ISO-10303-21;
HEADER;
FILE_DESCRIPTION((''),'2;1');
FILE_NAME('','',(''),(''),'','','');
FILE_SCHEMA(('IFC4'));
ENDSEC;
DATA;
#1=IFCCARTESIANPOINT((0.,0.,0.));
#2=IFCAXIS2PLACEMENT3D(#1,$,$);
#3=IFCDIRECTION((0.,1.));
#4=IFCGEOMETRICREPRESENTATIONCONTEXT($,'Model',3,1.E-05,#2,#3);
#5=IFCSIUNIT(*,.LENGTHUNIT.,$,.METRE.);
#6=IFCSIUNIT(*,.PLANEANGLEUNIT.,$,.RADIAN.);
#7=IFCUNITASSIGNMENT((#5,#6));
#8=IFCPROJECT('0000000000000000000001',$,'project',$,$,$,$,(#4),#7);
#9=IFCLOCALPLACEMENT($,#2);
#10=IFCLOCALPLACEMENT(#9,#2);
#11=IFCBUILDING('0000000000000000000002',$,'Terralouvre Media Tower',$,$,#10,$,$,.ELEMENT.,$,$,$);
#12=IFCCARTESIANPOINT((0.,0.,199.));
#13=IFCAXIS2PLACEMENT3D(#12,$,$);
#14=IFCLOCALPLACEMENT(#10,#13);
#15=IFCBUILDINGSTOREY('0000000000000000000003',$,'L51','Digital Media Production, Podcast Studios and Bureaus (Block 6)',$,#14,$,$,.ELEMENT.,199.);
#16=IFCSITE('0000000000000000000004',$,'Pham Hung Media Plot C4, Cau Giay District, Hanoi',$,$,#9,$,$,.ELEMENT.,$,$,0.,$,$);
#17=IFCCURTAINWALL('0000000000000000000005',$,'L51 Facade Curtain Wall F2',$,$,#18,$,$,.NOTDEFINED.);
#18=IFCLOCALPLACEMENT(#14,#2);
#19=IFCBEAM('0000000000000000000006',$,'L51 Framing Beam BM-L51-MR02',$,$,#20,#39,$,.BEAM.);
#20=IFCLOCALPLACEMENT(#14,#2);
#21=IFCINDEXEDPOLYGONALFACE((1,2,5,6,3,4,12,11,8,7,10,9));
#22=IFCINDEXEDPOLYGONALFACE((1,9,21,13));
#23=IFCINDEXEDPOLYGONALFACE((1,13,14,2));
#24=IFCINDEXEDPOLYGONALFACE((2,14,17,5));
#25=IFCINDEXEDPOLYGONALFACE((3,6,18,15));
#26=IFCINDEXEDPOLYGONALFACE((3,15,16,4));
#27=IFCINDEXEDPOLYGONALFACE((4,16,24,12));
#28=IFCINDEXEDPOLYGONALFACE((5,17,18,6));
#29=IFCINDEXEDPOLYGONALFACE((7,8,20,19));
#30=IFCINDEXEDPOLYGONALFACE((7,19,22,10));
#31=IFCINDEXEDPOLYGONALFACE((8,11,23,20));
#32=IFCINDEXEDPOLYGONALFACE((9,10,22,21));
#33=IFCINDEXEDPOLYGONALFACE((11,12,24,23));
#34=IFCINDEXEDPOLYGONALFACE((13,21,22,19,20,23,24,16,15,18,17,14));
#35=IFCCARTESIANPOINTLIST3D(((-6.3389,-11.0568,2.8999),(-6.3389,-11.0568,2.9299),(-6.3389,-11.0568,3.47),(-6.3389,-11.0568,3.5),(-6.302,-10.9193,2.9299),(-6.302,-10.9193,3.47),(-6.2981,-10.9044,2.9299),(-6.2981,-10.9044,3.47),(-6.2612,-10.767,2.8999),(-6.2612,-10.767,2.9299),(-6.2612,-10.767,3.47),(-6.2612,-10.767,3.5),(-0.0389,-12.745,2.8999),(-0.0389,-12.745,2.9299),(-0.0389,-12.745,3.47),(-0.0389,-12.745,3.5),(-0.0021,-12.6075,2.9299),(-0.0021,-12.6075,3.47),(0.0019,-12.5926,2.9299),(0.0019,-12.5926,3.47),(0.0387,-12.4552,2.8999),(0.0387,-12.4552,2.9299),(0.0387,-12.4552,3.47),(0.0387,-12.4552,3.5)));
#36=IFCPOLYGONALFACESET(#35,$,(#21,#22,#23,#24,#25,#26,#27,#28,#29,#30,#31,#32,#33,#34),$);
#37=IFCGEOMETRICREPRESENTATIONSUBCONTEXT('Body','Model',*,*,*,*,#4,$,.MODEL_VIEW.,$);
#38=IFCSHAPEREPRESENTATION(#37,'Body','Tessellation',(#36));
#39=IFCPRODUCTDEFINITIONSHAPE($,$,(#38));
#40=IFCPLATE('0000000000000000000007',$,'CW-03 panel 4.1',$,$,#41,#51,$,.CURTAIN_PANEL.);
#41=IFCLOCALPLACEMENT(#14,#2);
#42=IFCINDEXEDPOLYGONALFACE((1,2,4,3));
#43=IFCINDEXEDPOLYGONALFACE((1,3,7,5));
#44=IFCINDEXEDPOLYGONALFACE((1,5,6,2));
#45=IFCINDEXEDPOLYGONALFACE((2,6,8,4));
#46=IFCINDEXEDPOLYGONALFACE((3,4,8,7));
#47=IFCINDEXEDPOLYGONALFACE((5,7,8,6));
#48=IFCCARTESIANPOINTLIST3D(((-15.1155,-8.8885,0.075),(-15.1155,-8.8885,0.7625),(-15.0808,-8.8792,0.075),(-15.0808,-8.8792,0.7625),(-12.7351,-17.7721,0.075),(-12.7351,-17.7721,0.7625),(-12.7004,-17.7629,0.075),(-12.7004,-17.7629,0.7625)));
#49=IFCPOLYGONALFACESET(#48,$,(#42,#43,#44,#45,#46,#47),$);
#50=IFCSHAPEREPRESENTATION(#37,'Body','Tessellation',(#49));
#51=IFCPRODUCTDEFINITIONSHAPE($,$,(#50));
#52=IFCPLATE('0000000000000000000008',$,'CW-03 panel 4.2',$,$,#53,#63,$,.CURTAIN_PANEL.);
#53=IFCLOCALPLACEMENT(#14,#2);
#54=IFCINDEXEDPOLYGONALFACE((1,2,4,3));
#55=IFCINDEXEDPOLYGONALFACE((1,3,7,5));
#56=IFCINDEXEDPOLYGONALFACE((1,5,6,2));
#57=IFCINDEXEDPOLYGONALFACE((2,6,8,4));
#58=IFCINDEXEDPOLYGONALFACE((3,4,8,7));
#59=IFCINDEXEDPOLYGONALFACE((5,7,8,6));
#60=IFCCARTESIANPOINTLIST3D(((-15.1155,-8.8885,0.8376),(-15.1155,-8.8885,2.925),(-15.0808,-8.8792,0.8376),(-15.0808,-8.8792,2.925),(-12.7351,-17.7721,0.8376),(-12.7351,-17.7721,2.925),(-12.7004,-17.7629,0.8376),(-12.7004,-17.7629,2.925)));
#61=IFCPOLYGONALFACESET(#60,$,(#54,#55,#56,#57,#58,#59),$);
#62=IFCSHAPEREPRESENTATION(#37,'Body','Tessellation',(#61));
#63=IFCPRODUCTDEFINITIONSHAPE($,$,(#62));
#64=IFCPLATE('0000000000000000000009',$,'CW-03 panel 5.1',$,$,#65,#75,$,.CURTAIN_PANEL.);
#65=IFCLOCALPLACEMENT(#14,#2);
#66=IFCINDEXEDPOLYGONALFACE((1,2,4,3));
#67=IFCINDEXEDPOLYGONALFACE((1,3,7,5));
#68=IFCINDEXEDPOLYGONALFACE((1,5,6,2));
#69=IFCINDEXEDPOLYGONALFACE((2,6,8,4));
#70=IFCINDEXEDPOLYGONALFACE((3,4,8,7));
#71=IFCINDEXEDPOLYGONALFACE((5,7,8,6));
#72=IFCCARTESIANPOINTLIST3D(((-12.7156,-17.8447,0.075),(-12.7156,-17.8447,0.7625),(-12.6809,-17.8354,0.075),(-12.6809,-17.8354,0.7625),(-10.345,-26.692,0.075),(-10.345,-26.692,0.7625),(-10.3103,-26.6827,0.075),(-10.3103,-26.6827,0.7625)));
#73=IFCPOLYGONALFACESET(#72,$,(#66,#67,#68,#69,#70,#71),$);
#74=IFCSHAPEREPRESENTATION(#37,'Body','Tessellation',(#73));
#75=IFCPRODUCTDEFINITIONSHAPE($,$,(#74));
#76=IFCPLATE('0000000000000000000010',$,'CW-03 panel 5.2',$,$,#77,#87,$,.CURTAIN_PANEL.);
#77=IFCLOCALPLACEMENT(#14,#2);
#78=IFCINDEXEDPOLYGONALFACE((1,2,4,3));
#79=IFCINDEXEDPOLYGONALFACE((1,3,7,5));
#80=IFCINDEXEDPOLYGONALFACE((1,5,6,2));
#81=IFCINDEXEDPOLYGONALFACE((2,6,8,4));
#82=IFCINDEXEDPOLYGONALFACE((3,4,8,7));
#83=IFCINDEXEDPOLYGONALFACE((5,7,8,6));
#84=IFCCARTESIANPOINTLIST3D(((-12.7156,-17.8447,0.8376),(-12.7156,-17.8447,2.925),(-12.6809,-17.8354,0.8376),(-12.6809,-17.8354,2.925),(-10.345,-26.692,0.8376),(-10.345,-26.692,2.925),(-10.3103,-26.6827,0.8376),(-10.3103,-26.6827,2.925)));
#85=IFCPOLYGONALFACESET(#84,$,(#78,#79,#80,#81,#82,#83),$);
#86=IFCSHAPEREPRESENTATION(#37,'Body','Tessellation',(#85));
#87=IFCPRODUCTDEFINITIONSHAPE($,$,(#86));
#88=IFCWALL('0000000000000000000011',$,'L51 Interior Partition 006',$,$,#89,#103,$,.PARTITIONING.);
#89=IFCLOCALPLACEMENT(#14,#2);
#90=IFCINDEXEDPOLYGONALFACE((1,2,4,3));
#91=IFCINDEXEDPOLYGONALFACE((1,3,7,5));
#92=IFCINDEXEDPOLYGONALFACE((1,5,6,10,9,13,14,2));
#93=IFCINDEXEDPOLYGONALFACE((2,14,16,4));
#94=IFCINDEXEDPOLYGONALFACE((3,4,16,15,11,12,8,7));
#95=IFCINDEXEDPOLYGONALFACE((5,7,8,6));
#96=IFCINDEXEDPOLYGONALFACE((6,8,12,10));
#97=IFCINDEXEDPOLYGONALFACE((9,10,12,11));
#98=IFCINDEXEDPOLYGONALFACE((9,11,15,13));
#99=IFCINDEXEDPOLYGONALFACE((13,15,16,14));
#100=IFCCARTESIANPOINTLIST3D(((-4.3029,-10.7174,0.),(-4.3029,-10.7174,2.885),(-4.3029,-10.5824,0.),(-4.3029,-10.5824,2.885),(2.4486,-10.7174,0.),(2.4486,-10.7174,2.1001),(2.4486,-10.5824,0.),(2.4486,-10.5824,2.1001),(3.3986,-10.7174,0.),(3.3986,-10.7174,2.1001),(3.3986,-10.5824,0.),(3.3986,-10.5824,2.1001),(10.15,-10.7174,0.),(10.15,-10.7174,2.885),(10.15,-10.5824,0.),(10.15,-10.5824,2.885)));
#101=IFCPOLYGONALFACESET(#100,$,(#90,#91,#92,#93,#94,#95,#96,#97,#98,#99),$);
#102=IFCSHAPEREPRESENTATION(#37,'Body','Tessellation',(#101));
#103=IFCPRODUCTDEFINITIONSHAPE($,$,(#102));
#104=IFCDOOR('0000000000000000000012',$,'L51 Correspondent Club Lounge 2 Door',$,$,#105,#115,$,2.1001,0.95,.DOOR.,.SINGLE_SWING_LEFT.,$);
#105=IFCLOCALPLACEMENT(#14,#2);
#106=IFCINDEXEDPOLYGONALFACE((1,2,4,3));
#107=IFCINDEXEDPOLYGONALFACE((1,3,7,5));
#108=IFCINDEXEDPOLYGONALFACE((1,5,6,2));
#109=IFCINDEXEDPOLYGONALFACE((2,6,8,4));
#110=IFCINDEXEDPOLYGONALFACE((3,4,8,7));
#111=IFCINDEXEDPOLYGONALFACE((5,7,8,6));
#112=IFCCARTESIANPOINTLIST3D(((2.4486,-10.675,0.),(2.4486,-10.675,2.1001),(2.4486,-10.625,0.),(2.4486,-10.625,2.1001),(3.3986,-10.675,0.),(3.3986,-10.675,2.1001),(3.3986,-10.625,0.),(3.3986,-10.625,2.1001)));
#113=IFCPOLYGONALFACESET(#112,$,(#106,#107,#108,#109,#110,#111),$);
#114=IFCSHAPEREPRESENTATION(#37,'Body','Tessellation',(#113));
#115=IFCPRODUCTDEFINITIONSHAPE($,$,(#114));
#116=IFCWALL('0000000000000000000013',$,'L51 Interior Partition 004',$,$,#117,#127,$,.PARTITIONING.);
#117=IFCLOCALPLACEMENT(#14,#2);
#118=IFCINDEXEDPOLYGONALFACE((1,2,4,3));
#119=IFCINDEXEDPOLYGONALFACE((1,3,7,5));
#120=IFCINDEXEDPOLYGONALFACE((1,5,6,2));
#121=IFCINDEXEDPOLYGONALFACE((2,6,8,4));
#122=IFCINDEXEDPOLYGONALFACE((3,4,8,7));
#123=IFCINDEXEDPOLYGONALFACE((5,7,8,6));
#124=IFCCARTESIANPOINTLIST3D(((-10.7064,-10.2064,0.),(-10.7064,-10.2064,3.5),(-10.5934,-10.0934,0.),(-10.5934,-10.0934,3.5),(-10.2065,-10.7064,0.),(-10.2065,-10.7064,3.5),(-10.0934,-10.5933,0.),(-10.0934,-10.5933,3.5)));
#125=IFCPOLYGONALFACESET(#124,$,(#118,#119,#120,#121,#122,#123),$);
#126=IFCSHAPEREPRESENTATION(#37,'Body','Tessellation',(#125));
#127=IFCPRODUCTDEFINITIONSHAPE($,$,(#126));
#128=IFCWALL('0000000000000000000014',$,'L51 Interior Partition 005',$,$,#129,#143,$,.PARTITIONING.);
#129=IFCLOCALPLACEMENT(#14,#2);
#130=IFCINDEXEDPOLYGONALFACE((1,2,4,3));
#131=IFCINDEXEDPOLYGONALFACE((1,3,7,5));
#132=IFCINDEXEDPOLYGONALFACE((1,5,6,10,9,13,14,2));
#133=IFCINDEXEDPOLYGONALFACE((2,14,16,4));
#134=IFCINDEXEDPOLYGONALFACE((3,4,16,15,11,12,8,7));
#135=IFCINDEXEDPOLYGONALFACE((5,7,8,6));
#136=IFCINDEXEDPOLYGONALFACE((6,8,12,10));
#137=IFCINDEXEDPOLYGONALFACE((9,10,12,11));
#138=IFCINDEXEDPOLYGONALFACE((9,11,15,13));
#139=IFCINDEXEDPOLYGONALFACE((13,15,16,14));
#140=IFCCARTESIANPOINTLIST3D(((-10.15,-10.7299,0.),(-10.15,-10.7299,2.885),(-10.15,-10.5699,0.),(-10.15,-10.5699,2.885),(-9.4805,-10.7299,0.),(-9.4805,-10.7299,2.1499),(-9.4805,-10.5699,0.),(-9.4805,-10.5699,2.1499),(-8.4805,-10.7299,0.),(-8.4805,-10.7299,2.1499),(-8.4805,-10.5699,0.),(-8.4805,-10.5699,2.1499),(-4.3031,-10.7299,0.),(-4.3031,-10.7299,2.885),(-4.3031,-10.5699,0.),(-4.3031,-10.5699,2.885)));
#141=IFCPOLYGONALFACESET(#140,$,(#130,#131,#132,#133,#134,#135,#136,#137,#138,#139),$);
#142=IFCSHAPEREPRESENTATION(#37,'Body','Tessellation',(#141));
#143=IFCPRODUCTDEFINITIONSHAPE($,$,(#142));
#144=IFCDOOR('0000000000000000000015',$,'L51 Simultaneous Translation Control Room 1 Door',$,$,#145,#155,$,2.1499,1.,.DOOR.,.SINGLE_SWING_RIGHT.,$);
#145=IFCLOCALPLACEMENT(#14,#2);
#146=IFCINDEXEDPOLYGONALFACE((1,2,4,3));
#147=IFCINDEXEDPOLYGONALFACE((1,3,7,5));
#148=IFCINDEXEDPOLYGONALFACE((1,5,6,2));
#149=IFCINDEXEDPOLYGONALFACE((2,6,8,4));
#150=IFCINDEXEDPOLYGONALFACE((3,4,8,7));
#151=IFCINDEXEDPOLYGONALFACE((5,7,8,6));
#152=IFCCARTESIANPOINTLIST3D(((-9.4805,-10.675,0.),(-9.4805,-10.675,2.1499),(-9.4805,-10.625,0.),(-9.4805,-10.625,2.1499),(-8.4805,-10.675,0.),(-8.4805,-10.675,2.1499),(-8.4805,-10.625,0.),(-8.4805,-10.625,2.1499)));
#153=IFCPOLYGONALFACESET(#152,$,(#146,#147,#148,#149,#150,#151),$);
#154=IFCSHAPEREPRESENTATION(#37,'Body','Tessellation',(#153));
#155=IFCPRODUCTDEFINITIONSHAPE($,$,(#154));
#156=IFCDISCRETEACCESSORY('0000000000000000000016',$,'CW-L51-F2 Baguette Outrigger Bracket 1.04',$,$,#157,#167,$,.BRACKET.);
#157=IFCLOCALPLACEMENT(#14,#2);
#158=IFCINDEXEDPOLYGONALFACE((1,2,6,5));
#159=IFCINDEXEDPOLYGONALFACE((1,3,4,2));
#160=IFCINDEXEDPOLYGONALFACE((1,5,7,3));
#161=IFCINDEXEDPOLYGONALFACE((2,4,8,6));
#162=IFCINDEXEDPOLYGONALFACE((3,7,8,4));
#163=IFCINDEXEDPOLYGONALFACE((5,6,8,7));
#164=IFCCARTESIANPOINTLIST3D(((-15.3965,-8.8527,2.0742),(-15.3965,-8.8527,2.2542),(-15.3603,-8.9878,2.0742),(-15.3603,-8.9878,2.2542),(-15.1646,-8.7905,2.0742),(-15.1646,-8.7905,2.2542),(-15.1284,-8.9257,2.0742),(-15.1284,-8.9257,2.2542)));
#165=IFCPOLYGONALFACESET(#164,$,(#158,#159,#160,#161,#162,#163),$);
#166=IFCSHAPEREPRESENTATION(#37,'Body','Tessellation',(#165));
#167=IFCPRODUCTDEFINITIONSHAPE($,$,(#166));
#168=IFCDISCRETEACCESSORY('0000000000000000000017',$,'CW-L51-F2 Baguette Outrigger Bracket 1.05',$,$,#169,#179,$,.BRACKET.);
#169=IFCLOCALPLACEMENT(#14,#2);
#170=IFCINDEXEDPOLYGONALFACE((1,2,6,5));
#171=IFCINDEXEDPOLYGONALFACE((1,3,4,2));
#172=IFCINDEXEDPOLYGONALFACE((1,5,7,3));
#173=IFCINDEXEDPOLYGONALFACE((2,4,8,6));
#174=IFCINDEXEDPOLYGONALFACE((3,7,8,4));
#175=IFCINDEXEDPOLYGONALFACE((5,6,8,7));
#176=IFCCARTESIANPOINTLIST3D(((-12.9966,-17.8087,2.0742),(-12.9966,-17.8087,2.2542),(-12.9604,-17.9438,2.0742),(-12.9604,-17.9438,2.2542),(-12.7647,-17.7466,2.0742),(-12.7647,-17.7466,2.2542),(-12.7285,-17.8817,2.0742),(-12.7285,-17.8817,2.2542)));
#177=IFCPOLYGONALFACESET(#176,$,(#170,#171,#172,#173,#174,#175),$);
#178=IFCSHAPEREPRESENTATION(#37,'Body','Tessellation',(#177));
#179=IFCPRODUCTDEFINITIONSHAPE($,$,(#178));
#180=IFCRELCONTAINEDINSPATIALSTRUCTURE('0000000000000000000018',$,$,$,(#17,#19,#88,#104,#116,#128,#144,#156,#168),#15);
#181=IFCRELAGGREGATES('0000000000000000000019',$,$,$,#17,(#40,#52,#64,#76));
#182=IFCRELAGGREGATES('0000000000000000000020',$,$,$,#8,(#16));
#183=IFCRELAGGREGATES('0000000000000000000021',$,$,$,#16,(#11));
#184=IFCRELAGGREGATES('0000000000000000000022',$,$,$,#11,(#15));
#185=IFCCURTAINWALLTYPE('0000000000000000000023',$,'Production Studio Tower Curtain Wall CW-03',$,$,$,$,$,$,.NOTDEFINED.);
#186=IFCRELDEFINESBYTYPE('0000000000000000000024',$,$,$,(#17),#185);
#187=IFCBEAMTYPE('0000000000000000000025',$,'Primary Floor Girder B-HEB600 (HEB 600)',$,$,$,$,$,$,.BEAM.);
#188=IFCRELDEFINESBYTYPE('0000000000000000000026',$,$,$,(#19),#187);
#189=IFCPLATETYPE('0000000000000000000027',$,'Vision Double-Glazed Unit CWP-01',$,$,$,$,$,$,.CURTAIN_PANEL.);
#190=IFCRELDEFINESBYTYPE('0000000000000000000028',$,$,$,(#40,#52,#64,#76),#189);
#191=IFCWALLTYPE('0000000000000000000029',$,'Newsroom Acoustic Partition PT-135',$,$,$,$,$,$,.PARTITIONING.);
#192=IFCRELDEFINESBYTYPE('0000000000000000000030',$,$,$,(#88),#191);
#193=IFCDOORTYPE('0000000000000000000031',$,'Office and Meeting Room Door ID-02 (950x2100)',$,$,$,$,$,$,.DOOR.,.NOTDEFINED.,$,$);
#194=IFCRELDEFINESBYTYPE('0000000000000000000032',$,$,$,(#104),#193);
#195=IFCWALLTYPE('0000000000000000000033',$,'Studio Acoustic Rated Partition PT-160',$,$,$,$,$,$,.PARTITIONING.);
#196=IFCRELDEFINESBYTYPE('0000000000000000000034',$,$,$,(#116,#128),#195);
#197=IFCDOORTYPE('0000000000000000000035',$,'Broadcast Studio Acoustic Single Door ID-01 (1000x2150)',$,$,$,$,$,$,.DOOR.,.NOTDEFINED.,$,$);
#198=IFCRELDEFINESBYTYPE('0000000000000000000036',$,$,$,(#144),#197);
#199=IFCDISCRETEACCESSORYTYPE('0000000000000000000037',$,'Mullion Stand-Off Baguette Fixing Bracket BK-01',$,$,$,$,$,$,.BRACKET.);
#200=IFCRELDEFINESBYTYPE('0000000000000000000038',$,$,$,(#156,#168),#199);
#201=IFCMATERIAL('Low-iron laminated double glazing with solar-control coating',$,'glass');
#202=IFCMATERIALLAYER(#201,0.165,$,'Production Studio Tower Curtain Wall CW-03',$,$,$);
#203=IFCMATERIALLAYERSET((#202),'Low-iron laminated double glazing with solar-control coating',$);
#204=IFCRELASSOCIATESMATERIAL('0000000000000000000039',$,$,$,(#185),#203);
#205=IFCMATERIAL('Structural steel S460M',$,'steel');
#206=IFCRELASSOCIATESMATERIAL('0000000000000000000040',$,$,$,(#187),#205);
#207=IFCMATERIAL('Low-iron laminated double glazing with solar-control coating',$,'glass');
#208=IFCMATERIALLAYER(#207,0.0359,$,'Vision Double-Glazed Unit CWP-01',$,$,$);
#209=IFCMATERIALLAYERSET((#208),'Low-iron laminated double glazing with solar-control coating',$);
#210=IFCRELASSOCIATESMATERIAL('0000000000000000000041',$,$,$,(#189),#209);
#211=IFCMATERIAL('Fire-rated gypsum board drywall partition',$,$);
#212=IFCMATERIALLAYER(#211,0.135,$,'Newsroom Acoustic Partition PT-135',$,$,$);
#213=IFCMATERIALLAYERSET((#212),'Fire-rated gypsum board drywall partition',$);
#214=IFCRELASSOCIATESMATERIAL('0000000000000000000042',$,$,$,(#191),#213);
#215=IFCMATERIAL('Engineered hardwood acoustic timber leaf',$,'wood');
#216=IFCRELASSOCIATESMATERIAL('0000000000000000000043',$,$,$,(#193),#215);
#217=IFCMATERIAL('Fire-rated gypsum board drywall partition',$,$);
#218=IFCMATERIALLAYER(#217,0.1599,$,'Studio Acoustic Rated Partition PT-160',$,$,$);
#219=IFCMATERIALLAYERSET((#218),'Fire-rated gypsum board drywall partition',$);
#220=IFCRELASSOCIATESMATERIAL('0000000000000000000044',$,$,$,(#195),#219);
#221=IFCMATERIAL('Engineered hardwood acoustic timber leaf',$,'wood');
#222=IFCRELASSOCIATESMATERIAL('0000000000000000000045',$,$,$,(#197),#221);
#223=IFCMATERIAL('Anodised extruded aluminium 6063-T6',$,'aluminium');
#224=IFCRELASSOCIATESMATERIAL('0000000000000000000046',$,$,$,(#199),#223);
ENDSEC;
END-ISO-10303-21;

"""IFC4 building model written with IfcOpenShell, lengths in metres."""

from ifc_helpers import new_model, si_unit, direction, frame, frame_2d, origin, origin_2d, place, context, subcontext, project, spatial, rectangle, i_section, extrude, material, layer, layer_set, material_profile, profile_set, type_object, element, fill, aggregate, save


model = new_model("IFC4")

# Units and contexts
model_context = context("Model", 3, precision=1e-05, world=origin(), true_north=direction((0.0, 1.0)))
body_context = subcontext(model_context, "Body", "Model", "MODEL_VIEW")
ifc_project = project(units=[si_unit("LENGTHUNIT", "METRE"), si_unit("PLANEANGLEUNIT", "RADIAN")], contexts=[model_context])

# Site, building, storey
site_placement = place(None, origin())
site = spatial("IfcSite", under=ifc_project, at=site_placement, Name="Pham Hung Media Plot C4, Cau Giay District, Hanoi", CompositionType="ELEMENT", RefElevation=0.0)
building_placement = place(site_placement, origin())
building = spatial("IfcBuilding", under=site, at=building_placement, Name="Terralouvre Media Tower", CompositionType="ELEMENT")
storey_placement = place(building_placement, frame((0.0, 0.0, 199.0)))
storey = spatial("IfcBuildingStorey", under=building, at=storey_placement, Name="L51", Description="Digital Media Production, Podcast Studios and Bureaus (Block 6)", CompositionType="ELEMENT", Elevation=199.0)

# Curtain wall
ifc_material_1 = material(Name="Low-iron laminated double glazing with solar-control coating", Category="glass")
ifc_layer_1 = layer(ifc_material_1, 0.165, Name="Production Studio Tower Curtain Wall CW-03")
ifc_layer_set_1 = layer_set([ifc_layer_1], Name="Low-iron laminated double glazing with solar-control coating")
curtain_wall_type = type_object("IfcCurtainWallType", Name="Production Studio Tower Curtain Wall CW-03", PredefinedType="NOTDEFINED", material=ifc_layer_set_1)
curtain_wall_placement = place(storey_placement, origin())
curtain_wall = element("IfcCurtainWall", 1, at=curtain_wall_placement, inside=storey, type_object=curtain_wall_type, Name="L51 Facade Curtain Wall F2", PredefinedType="NOTDEFINED")

# Beam
ifc_material_2 = material(Name="Structural steel S460M", Category="steel")
ifc_material_profile_1 = material_profile(ifc_material_2, i_section(OverallWidth=0.3, OverallDepth=0.6001, WebThickness=0.0154, FlangeThickness=0.03, at=origin_2d()), Name="HEB 600")
ifc_profile_set_1 = profile_set([ifc_material_profile_1], Name="Structural steel S460M")
beam_type_1 = type_object("IfcBeamType", Name="Primary Floor Girder B-HEB600 (HEB 600)", PredefinedType="BEAM", material=ifc_profile_set_1)
beam_1_placement = place(storey_placement, frame((-6.3, -10.9119, 3.2), z_axis=(0.96592, -0.258839, 0.0), x_axis=(0.258839, 0.96592, 0.0)))
element("IfcBeam", 2, at=beam_1_placement, inside=storey, type_object=beam_type_1, Name="L51 Framing Beam BM-L51-MR02", PredefinedType="BEAM", context=body_context, shape_type="SweptSolid", body=[
    extrude(i_section(OverallWidth=0.3, OverallDepth=0.6001, WebThickness=0.0154, FlangeThickness=0.03, at=origin_2d()), origin(), (0.0, 0.0, 1.0), 6.5222),
])

# Plates
ifc_material_3 = material(Name="Low-iron laminated double glazing with solar-control coating", Category="glass")
ifc_layer_2 = layer(ifc_material_3, 0.0359, Name="Vision Double-Glazed Unit CWP-01")
ifc_layer_set_2 = layer_set([ifc_layer_2], Name="Low-iron laminated double glazing with solar-control coating")
plate_type = type_object("IfcPlateType", Name="Vision Double-Glazed Unit CWP-01", PredefinedType="CURTAIN_PANEL", material=ifc_layer_set_2)
plate_1_placement = place(storey_placement, frame((-13.908, -13.3257, 0.075), z_axis=(0.0, 0.0, 1.0), x_axis=(0.258819, -0.965926, 0.0)))
plate_1 = element("IfcPlate", 3, at=plate_1_placement, type_object=plate_type, Name="CW-03 panel 4.1", PredefinedType="CURTAIN_PANEL", context=body_context, shape_type="SweptSolid", body=[
    extrude(rectangle(XDim=9.197, YDim=0.0359, at=origin_2d()), origin(), (0.0, 0.0, 1.0), 0.6875),
])
plate_2_placement = place(storey_placement, frame((-13.908, -13.3257, 0.8376), z_axis=(0.0, 0.0, 1.0), x_axis=(0.258819, -0.965926, 0.0)))
plate_2 = element("IfcPlate", 4, at=plate_2_placement, type_object=plate_type, Name="CW-03 panel 4.2", PredefinedType="CURTAIN_PANEL", context=body_context, shape_type="SweptSolid", body=[
    extrude(rectangle(XDim=9.197, YDim=0.0359, at=origin_2d()), origin(), (0.0, 0.0, 1.0), 2.0874),
])
plate_3_placement = place(storey_placement, frame((-11.5129, -22.2637, 0.075), z_axis=(0.0, 0.0, 1.0), x_axis=(0.258819, -0.965926, 0.0)))
plate_3 = element("IfcPlate", 5, at=plate_3_placement, type_object=plate_type, Name="CW-03 panel 5.1", PredefinedType="CURTAIN_PANEL", context=body_context, shape_type="SweptSolid", body=[
    extrude(rectangle(XDim=9.1594, YDim=0.0359, at=origin_2d()), origin(), (0.0, 0.0, 1.0), 0.6875),
])
plate_4_placement = place(storey_placement, frame((-11.5129, -22.2637, 0.8376), z_axis=(0.0, 0.0, 1.0), x_axis=(0.258819, -0.965926, 0.0)))
plate_4 = element("IfcPlate", 6, at=plate_4_placement, type_object=plate_type, Name="CW-03 panel 5.2", PredefinedType="CURTAIN_PANEL", context=body_context, shape_type="SweptSolid", body=[
    extrude(rectangle(XDim=9.1594, YDim=0.0359, at=origin_2d()), origin(), (0.0, 0.0, 1.0), 2.0874),
])
aggregate(curtain_wall, [plate_1, plate_2, plate_3, plate_4])

# Wall, opening, door
ifc_material_4 = material(Name="Fire-rated gypsum board drywall partition")
ifc_layer_3 = layer(ifc_material_4, 0.135, Name="Newsroom Acoustic Partition PT-135")
ifc_layer_set_3 = layer_set([ifc_layer_3], Name="Fire-rated gypsum board drywall partition")
wall_type_1 = type_object("IfcWallType", Name="Newsroom Acoustic Partition PT-135", PredefinedType="PARTITIONING", material=ifc_layer_set_3)
wall_1_placement = place(storey_placement, frame((-4.303, -10.6499, 0.0), z_axis=(0.0, 0.0, 1.0), x_axis=(1.0, 0.0, 0.0)))
wall_1 = element("IfcWall", 7, at=wall_1_placement, inside=storey, type_object=wall_type_1, Name="L51 Interior Partition 006", PredefinedType="PARTITIONING", context=body_context, shape_type="SweptSolid", body=[
    extrude(rectangle(XDim=14.4529, YDim=0.135, at=frame_2d((7.2266, 0.0))), origin(), (0.0, 0.0, 1.0), 2.885),
])
opening_1_placement = place(wall_1_placement, frame((6.7515, 0.0, 0.0)))
opening_1 = element("IfcOpeningElement", 8, at=opening_1_placement, cuts=wall_1, PredefinedType="OPENING", context=body_context, shape_type="SweptSolid", body=[
    extrude(rectangle(XDim=0.95, YDim=2.1001, at=frame_2d((0.4751, 1.05))), frame((0.0, 0.0774, 0.0), z_axis=(0.0, -1.0, 0.0), x_axis=(1.0, 0.0, 0.0)), (0.0, 0.0, 1.0), 0.155),
])
ifc_material_5 = material(Name="Engineered hardwood acoustic timber leaf", Category="wood")
door_type_1 = type_object("IfcDoorType", Name="Office and Meeting Room Door ID-02 (950x2100)", OperationType="NOTDEFINED", PredefinedType="DOOR", material=ifc_material_5)
door_1_placement = place(opening_1_placement, origin())
door_1 = element("IfcDoor", 9, at=door_1_placement, inside=storey, type_object=door_type_1, Name="L51 Correspondent Club Lounge 2 Door", OperationType="SINGLE_SWING_LEFT", OverallHeight=2.1001, OverallWidth=0.95, PredefinedType="DOOR", context=body_context, shape_type="SweptSolid", body=[
    extrude(rectangle(XDim=0.95, YDim=2.1001, at=frame_2d((0.4751, 1.05))), frame((0.0, 0.0249, 0.0), z_axis=(0.0, -1.0, 0.0), x_axis=(1.0, 0.0, 0.0)), (0.0, 0.0, 1.0), 0.05),
])
fill(opening_1, door_1)

# Wall
ifc_material_6 = material(Name="Fire-rated gypsum board drywall partition")
ifc_layer_4 = layer(ifc_material_6, 0.1599, Name="Studio Acoustic Rated Partition PT-160")
ifc_layer_set_4 = layer_set([ifc_layer_4], Name="Fire-rated gypsum board drywall partition")
wall_type_2 = type_object("IfcWallType", Name="Studio Acoustic Rated Partition PT-160", PredefinedType="PARTITIONING", material=ifc_layer_set_4)
wall_2_placement = place(storey_placement, frame((-10.6499, -10.1499, 0.0), z_axis=(0.0, 0.0, 1.0), x_axis=(0.707107, -0.707107, 0.0)))
element("IfcWall", 10, at=wall_2_placement, inside=storey, type_object=wall_type_2, Name="L51 Interior Partition 004", PredefinedType="PARTITIONING", context=body_context, shape_type="SweptSolid", body=[
    extrude(rectangle(XDim=0.707, YDim=0.1599, at=frame_2d((0.3535, 0.0))), origin(), (0.0, 0.0, 1.0), 3.5),
])

# Wall, opening, door
wall_3_placement = place(storey_placement, frame((-10.1499, -10.6499, 0.0), z_axis=(0.0, 0.0, 1.0), x_axis=(1.0, 0.0, 0.0)))
wall_3 = element("IfcWall", 11, at=wall_3_placement, inside=storey, type_object=wall_type_2, Name="L51 Interior Partition 005", PredefinedType="PARTITIONING", context=body_context, shape_type="SweptSolid", body=[
    extrude(rectangle(XDim=5.8469, YDim=0.1599, at=frame_2d((2.9233, 0.0))), origin(), (0.0, 0.0, 1.0), 2.885),
])
opening_2_placement = place(wall_3_placement, frame((0.6694, 0.0, 0.0)))
opening_2 = element("IfcOpeningElement", 12, at=opening_2_placement, cuts=wall_3, PredefinedType="OPENING", context=body_context, shape_type="SweptSolid", body=[
    extrude(rectangle(XDim=1.0, YDim=2.1499, at=frame_2d((0.5, 1.075))), frame((0.0, 0.0898, 0.0), z_axis=(0.0, -1.0, 0.0), x_axis=(1.0, 0.0, 0.0)), (0.0, 0.0, 1.0), 0.1799),
])
ifc_material_7 = material(Name="Engineered hardwood acoustic timber leaf", Category="wood")
door_type_2 = type_object("IfcDoorType", Name="Broadcast Studio Acoustic Single Door ID-01 (1000x2150)", OperationType="NOTDEFINED", PredefinedType="DOOR", material=ifc_material_7)
door_2_placement = place(opening_2_placement, origin())
door_2 = element("IfcDoor", 13, at=door_2_placement, inside=storey, type_object=door_type_2, Name="L51 Simultaneous Translation Control Room 1 Door", OperationType="SINGLE_SWING_RIGHT", OverallHeight=2.1499, OverallWidth=1.0, PredefinedType="DOOR", context=body_context, shape_type="SweptSolid", body=[
    extrude(rectangle(XDim=1.0, YDim=2.1499, at=frame_2d((0.5, 1.075))), frame((0.0, 0.0249, 0.0), z_axis=(0.0, -1.0, 0.0), x_axis=(1.0, 0.0, 0.0)), (0.0, 0.0, 1.0), 0.05),
])
fill(opening_2, door_2)

# Discrete accessories
ifc_material_8 = material(Name="Anodised extruded aluminium 6063-T6", Category="aluminium")
discrete_accessory_type = type_object("IfcDiscreteAccessoryType", Name="Mullion Stand-Off Baguette Fixing Bracket BK-01", PredefinedType="BRACKET", material=ifc_material_8)
for number, where, z_axis, x_axis, name in (
    (14, (-15.2625, -8.8892, 2.0742), (0.0, 0.0, 1.0), (0.258819, -0.965926, 0.0), "CW-L51-F2 Baguette Outrigger Bracket 1.04"),
    (15, (-12.8625, -17.8452, 2.0742), (0.0, 0.0, 1.0), (0.258819, -0.965926, 0.0), "CW-L51-F2 Baguette Outrigger Bracket 1.05"),
):
    element("IfcDiscreteAccessory", number, at=place(storey_placement, frame(where, z_axis=z_axis, x_axis=x_axis)), inside=storey, type_object=discrete_accessory_type, Name=name, PredefinedType="BRACKET", context=body_context, shape_type="SweptSolid", body=[
        extrude(rectangle(XDim=0.1399, YDim=0.24, at=origin_2d()), origin(), (0.0, 0.0, 1.0), 0.1799),
    ])

save(model, "model.ifc")
